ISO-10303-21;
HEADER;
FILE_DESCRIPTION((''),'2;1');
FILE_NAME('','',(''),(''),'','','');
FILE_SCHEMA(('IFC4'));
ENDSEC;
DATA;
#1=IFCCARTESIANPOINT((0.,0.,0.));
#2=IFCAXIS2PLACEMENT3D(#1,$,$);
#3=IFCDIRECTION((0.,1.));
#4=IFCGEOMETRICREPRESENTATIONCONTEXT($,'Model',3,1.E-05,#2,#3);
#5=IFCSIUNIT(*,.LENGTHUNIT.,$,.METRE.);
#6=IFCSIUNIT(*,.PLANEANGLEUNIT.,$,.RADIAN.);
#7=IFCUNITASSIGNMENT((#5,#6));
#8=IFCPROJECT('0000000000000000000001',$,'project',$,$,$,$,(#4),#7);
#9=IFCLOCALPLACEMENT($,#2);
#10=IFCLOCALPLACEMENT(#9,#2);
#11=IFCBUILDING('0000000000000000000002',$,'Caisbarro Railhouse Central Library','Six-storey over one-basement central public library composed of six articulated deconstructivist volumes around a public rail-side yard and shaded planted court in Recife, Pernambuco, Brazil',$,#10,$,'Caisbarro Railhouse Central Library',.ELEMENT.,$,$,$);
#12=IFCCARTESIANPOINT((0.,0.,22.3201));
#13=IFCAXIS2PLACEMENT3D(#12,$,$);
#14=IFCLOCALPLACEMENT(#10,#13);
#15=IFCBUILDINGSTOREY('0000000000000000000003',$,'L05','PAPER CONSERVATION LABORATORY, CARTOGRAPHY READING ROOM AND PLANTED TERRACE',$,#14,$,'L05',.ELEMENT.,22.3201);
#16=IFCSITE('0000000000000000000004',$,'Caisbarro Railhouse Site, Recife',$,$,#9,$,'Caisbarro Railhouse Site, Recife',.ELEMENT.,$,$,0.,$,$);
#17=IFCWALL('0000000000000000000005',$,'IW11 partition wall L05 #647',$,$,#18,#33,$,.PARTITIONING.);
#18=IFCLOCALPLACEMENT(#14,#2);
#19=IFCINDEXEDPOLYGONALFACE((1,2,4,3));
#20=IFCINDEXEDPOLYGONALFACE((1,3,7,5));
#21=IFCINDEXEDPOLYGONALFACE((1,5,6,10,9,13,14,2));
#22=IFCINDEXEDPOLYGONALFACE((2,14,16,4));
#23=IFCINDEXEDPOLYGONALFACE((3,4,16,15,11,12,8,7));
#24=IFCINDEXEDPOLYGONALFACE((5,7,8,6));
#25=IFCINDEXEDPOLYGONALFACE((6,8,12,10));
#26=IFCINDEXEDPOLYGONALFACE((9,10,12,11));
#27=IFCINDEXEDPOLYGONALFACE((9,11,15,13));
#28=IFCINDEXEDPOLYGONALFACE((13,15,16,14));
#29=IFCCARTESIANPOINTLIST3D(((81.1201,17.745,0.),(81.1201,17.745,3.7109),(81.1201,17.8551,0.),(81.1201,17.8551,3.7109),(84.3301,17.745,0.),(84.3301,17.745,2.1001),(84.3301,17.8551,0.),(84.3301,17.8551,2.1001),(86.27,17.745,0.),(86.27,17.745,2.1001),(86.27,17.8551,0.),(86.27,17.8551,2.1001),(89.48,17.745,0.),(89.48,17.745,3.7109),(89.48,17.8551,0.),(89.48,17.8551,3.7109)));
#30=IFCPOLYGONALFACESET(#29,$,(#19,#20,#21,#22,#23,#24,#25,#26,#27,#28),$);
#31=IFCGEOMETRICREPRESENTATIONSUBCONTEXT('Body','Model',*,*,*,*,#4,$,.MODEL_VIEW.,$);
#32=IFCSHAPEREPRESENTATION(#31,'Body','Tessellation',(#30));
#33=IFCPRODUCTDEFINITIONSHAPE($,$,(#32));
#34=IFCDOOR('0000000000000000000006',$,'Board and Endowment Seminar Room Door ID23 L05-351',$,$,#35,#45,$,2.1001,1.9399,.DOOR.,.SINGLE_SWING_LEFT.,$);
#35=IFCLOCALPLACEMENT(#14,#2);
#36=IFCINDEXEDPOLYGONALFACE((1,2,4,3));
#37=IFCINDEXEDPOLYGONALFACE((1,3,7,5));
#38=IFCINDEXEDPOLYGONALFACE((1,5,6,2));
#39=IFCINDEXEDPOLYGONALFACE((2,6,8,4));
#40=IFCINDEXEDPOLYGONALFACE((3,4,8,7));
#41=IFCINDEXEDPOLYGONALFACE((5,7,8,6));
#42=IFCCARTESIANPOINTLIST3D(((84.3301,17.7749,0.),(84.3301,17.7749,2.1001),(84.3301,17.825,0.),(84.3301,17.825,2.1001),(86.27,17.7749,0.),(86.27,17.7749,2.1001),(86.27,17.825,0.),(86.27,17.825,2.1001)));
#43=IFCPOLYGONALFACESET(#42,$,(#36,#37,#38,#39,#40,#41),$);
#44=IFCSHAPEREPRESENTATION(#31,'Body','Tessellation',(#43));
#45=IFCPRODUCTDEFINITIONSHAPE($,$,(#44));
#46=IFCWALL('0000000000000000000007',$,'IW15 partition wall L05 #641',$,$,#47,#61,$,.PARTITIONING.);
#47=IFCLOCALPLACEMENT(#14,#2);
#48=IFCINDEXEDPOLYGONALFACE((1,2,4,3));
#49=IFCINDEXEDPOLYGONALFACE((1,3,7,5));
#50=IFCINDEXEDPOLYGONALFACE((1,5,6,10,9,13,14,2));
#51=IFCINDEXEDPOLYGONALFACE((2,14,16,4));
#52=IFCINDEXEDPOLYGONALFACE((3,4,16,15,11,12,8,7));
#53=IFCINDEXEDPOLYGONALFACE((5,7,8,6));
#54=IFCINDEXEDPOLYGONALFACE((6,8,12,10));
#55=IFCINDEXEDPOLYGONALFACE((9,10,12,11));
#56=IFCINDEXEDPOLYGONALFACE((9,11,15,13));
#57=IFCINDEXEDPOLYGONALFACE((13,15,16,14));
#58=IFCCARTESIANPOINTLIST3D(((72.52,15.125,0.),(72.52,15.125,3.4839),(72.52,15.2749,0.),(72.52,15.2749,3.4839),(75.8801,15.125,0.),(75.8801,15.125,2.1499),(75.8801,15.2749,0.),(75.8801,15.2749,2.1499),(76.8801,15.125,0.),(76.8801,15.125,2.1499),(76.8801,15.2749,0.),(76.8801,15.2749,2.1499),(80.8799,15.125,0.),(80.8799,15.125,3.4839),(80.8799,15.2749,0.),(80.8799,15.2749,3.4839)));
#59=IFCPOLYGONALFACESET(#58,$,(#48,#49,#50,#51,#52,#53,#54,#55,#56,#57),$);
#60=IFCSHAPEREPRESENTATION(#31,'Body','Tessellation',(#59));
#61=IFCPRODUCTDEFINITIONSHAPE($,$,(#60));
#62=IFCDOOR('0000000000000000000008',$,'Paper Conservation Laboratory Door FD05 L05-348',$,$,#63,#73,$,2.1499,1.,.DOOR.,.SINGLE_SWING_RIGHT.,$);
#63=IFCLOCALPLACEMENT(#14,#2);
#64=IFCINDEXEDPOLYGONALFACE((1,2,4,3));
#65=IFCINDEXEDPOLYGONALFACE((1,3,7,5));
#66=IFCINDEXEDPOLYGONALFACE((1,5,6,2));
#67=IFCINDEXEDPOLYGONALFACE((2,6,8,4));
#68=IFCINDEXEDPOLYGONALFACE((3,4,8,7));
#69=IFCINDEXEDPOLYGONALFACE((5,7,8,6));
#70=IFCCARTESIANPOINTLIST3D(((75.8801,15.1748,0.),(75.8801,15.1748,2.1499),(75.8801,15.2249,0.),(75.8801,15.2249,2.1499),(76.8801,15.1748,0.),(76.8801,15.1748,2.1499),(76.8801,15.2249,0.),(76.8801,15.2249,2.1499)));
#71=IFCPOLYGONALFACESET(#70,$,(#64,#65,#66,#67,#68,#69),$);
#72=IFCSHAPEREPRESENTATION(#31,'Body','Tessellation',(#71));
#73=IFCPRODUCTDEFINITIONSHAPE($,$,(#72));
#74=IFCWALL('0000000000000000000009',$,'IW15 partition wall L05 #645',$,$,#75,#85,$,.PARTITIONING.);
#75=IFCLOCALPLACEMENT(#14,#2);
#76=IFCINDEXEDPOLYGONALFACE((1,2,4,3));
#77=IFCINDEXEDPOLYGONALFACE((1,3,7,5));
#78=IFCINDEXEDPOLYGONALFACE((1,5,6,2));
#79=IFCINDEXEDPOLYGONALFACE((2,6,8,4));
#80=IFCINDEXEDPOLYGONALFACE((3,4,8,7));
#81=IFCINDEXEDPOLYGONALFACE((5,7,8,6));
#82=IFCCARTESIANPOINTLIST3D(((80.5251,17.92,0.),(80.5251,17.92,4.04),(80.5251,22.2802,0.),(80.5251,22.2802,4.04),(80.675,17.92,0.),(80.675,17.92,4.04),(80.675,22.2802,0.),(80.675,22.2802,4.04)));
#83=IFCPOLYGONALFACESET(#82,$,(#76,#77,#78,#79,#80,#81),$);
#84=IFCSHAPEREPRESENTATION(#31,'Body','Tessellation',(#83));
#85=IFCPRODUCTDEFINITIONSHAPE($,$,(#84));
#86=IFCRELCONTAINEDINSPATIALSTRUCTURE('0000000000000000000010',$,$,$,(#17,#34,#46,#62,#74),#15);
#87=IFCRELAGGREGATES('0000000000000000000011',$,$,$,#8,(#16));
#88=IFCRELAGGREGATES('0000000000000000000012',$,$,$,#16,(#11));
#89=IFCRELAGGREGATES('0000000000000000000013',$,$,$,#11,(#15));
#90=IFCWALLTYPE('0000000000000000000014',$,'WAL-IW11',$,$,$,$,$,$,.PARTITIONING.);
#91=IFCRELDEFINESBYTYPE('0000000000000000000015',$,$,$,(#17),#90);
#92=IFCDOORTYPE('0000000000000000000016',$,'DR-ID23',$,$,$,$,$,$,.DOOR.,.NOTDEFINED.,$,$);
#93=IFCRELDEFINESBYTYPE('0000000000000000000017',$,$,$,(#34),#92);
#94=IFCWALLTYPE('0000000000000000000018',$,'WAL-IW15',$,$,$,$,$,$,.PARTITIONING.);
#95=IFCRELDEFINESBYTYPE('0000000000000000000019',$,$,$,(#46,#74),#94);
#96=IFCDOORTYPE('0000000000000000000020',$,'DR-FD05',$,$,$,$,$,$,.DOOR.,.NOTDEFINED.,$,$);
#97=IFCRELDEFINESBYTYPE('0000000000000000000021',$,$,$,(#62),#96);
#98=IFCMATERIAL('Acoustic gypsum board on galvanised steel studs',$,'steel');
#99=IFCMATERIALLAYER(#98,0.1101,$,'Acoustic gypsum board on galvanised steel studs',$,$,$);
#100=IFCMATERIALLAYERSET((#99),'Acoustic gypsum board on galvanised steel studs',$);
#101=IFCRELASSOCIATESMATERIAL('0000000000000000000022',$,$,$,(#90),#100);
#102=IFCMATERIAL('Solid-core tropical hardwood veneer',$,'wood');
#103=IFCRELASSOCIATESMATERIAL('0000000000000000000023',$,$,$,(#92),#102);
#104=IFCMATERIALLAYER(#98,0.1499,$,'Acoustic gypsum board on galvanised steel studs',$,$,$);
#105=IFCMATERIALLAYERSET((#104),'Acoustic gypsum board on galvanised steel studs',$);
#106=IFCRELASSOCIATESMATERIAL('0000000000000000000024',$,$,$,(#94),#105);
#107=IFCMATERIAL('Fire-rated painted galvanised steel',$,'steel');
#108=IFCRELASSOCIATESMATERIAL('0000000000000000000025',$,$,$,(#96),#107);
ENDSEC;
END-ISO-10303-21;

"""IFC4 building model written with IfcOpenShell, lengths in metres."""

from ifc_helpers import new_model, si_unit, direction, frame, frame_2d, origin, place, context, subcontext, project, spatial, rectangle, extrude, material, layer, layer_set, type_object, element, fill, save


model = new_model("IFC4")

# Units and contexts
model_context = context("Model", 3, precision=1e-05, world=origin(), true_north=direction((0.0, 1.0)))
body_context = subcontext(model_context, "Body", "Model", "MODEL_VIEW")
ifc_project = project(units=[si_unit("LENGTHUNIT", "METRE"), si_unit("PLANEANGLEUNIT", "RADIAN")], contexts=[model_context])

# Site, building, storey
site_placement = place(None, origin())
site = spatial("IfcSite", under=ifc_project, at=site_placement, Name="Caisbarro Railhouse Site, Recife", LongName="Caisbarro Railhouse Site, Recife", CompositionType="ELEMENT", RefElevation=0.0)
building_placement = place(site_placement, origin())
building = spatial("IfcBuilding", under=site, at=building_placement, Name="Caisbarro Railhouse Central Library", Description="Six-storey over one-basement central public library composed of six articulated deconstructivist volumes around a public rail-side yard and shaded planted court in Recife, Pernambuco, Brazil", LongName="Caisbarro Railhouse Central Library", CompositionType="ELEMENT")
storey_placement = place(building_placement, frame((0.0, 0.0, 22.3201)))
storey = spatial("IfcBuildingStorey", under=building, at=storey_placement, Name="L05", Description="PAPER CONSERVATION LABORATORY, CARTOGRAPHY READING ROOM AND PLANTED TERRACE", LongName="L05", CompositionType="ELEMENT", Elevation=22.3201)

# Shared definitions
ifc_material_1 = material(Name="Acoustic gypsum board on galvanised steel studs", Category="steel")

# Walls, openings, doors
ifc_layer_1 = layer(ifc_material_1, 0.1101, Name="Acoustic gypsum board on galvanised steel studs")
ifc_layer_set_1 = layer_set([ifc_layer_1], Name="Acoustic gypsum board on galvanised steel studs")
wall_type_1 = type_object("IfcWallType", Name="WAL-IW11", PredefinedType="PARTITIONING", material=ifc_layer_set_1)
ifc_material_2 = material(Name="Solid-core tropical hardwood veneer", Category="wood")
wall_1_placement = place(storey_placement, frame((81.1201, 17.8, 0.0), z_axis=(0.0, 0.0, 1.0), x_axis=(1.0, 0.0, 0.0)))
wall_1 = element("IfcWall", 1, at=wall_1_placement, inside=storey, type_object=wall_type_1, Name="IW11 partition wall L05 #647", PredefinedType="PARTITIONING", context=body_context, shape_type="SweptSolid", body=[
    extrude(rectangle(XDim=8.3599, YDim=0.1101, at=frame_2d((4.1799, 0.0))), origin(), (0.0, 0.0, 1.0), 3.7109),
])
opening_1_placement = place(wall_1_placement, frame((3.21, 0.0, 0.0)))
opening_1 = element("IfcOpeningElement", 2, at=opening_1_placement, cuts=wall_1, PredefinedType="OPENING", context=body_context, shape_type="SweptSolid", body=[
    extrude(rectangle(XDim=1.9399, YDim=2.1001, at=frame_2d((0.97, 1.05))), frame((0.0, 0.0649, 0.0), z_axis=(0.0, -1.0, 0.0), x_axis=(1.0, 0.0, 0.0)), (0.0, 0.0, 1.0), 0.1301),
])
door_type_1 = type_object("IfcDoorType", Name="DR-ID23", OperationType="NOTDEFINED", PredefinedType="DOOR", material=ifc_material_2)
door_1_placement = place(opening_1_placement, origin())
door_1 = element("IfcDoor", 3, at=door_1_placement, inside=storey, type_object=door_type_1, Name="Board and Endowment Seminar Room Door ID23 L05-351", OperationType="SINGLE_SWING_LEFT", OverallHeight=2.1001, OverallWidth=1.9399, PredefinedType="DOOR", context=body_context, shape_type="SweptSolid", body=[
    extrude(rectangle(XDim=1.9399, YDim=2.1001, at=frame_2d((0.97, 1.05))), frame((0.0, 0.0249, 0.0), z_axis=(0.0, -1.0, 0.0), x_axis=(1.0, 0.0, 0.0)), (0.0, 0.0, 1.0), 0.05),
])
fill(opening_1, door_1)
ifc_layer_2 = layer(ifc_material_1, 0.1499, Name="Acoustic gypsum board on galvanised steel studs")
ifc_layer_set_2 = layer_set([ifc_layer_2], Name="Acoustic gypsum board on galvanised steel studs")
wall_type_2 = type_object("IfcWallType", Name="WAL-IW15", PredefinedType="PARTITIONING", material=ifc_layer_set_2)
wall_2_placement = place(storey_placement, frame((72.52, 15.2, 0.0), z_axis=(0.0, 0.0, 1.0), x_axis=(1.0, 0.0, 0.0)))
wall_2 = element("IfcWall", 4, at=wall_2_placement, inside=storey, type_object=wall_type_2, Name="IW15 partition wall L05 #641", PredefinedType="PARTITIONING", context=body_context, shape_type="SweptSolid", body=[
    extrude(rectangle(XDim=8.3599, YDim=0.1499, at=frame_2d((4.1799, 0.0))), origin(), (0.0, 0.0, 1.0), 3.4839),
])
opening_2_placement = place(wall_2_placement, frame((3.3601, 0.0, 0.0)))
opening_2 = element("IfcOpeningElement", 5, at=opening_2_placement, cuts=wall_2, PredefinedType="OPENING", context=body_context, shape_type="SweptSolid", body=[
    extrude(rectangle(XDim=1.0, YDim=2.1499, at=frame_2d((0.5, 1.075))), frame((0.0, 0.085, 0.0), z_axis=(0.0, -1.0, 0.0), x_axis=(1.0, 0.0, 0.0)), (0.0, 0.0, 1.0), 0.1699),
])
ifc_material_3 = material(Name="Fire-rated painted galvanised steel", Category="steel")
door_type_2 = type_object("IfcDoorType", Name="DR-FD05", OperationType="NOTDEFINED", PredefinedType="DOOR", material=ifc_material_3)
door_2_placement = place(opening_2_placement, origin())
door_2 = element("IfcDoor", 6, at=door_2_placement, inside=storey, type_object=door_type_2, Name="Paper Conservation Laboratory Door FD05 L05-348", OperationType="SINGLE_SWING_RIGHT", OverallHeight=2.1499, OverallWidth=1.0, PredefinedType="DOOR", context=body_context, shape_type="SweptSolid", body=[
    extrude(rectangle(XDim=1.0, YDim=2.1499, at=frame_2d((0.5, 1.075))), frame((0.0, 0.0249, 0.0), z_axis=(0.0, -1.0, 0.0), x_axis=(1.0, 0.0, 0.0)), (0.0, 0.0, 1.0), 0.05),
])
fill(opening_2, door_2)

# Wall
wall_3_placement = place(storey_placement, frame((80.6001, 17.9199, 0.0), z_axis=(0.0, 0.0, 1.0), x_axis=(0.0, 1.0, 0.0)))
element("IfcWall", 7, at=wall_3_placement, inside=storey, type_object=wall_type_2, Name="IW15 partition wall L05 #645", PredefinedType="PARTITIONING", context=body_context, shape_type="SweptSolid", body=[
    extrude(rectangle(XDim=4.3601, YDim=0.1499, at=frame_2d((2.1802, 0.0))), origin(), (0.0, 0.0, 1.0), 4.04),
])

save(model, "model.ifc")
